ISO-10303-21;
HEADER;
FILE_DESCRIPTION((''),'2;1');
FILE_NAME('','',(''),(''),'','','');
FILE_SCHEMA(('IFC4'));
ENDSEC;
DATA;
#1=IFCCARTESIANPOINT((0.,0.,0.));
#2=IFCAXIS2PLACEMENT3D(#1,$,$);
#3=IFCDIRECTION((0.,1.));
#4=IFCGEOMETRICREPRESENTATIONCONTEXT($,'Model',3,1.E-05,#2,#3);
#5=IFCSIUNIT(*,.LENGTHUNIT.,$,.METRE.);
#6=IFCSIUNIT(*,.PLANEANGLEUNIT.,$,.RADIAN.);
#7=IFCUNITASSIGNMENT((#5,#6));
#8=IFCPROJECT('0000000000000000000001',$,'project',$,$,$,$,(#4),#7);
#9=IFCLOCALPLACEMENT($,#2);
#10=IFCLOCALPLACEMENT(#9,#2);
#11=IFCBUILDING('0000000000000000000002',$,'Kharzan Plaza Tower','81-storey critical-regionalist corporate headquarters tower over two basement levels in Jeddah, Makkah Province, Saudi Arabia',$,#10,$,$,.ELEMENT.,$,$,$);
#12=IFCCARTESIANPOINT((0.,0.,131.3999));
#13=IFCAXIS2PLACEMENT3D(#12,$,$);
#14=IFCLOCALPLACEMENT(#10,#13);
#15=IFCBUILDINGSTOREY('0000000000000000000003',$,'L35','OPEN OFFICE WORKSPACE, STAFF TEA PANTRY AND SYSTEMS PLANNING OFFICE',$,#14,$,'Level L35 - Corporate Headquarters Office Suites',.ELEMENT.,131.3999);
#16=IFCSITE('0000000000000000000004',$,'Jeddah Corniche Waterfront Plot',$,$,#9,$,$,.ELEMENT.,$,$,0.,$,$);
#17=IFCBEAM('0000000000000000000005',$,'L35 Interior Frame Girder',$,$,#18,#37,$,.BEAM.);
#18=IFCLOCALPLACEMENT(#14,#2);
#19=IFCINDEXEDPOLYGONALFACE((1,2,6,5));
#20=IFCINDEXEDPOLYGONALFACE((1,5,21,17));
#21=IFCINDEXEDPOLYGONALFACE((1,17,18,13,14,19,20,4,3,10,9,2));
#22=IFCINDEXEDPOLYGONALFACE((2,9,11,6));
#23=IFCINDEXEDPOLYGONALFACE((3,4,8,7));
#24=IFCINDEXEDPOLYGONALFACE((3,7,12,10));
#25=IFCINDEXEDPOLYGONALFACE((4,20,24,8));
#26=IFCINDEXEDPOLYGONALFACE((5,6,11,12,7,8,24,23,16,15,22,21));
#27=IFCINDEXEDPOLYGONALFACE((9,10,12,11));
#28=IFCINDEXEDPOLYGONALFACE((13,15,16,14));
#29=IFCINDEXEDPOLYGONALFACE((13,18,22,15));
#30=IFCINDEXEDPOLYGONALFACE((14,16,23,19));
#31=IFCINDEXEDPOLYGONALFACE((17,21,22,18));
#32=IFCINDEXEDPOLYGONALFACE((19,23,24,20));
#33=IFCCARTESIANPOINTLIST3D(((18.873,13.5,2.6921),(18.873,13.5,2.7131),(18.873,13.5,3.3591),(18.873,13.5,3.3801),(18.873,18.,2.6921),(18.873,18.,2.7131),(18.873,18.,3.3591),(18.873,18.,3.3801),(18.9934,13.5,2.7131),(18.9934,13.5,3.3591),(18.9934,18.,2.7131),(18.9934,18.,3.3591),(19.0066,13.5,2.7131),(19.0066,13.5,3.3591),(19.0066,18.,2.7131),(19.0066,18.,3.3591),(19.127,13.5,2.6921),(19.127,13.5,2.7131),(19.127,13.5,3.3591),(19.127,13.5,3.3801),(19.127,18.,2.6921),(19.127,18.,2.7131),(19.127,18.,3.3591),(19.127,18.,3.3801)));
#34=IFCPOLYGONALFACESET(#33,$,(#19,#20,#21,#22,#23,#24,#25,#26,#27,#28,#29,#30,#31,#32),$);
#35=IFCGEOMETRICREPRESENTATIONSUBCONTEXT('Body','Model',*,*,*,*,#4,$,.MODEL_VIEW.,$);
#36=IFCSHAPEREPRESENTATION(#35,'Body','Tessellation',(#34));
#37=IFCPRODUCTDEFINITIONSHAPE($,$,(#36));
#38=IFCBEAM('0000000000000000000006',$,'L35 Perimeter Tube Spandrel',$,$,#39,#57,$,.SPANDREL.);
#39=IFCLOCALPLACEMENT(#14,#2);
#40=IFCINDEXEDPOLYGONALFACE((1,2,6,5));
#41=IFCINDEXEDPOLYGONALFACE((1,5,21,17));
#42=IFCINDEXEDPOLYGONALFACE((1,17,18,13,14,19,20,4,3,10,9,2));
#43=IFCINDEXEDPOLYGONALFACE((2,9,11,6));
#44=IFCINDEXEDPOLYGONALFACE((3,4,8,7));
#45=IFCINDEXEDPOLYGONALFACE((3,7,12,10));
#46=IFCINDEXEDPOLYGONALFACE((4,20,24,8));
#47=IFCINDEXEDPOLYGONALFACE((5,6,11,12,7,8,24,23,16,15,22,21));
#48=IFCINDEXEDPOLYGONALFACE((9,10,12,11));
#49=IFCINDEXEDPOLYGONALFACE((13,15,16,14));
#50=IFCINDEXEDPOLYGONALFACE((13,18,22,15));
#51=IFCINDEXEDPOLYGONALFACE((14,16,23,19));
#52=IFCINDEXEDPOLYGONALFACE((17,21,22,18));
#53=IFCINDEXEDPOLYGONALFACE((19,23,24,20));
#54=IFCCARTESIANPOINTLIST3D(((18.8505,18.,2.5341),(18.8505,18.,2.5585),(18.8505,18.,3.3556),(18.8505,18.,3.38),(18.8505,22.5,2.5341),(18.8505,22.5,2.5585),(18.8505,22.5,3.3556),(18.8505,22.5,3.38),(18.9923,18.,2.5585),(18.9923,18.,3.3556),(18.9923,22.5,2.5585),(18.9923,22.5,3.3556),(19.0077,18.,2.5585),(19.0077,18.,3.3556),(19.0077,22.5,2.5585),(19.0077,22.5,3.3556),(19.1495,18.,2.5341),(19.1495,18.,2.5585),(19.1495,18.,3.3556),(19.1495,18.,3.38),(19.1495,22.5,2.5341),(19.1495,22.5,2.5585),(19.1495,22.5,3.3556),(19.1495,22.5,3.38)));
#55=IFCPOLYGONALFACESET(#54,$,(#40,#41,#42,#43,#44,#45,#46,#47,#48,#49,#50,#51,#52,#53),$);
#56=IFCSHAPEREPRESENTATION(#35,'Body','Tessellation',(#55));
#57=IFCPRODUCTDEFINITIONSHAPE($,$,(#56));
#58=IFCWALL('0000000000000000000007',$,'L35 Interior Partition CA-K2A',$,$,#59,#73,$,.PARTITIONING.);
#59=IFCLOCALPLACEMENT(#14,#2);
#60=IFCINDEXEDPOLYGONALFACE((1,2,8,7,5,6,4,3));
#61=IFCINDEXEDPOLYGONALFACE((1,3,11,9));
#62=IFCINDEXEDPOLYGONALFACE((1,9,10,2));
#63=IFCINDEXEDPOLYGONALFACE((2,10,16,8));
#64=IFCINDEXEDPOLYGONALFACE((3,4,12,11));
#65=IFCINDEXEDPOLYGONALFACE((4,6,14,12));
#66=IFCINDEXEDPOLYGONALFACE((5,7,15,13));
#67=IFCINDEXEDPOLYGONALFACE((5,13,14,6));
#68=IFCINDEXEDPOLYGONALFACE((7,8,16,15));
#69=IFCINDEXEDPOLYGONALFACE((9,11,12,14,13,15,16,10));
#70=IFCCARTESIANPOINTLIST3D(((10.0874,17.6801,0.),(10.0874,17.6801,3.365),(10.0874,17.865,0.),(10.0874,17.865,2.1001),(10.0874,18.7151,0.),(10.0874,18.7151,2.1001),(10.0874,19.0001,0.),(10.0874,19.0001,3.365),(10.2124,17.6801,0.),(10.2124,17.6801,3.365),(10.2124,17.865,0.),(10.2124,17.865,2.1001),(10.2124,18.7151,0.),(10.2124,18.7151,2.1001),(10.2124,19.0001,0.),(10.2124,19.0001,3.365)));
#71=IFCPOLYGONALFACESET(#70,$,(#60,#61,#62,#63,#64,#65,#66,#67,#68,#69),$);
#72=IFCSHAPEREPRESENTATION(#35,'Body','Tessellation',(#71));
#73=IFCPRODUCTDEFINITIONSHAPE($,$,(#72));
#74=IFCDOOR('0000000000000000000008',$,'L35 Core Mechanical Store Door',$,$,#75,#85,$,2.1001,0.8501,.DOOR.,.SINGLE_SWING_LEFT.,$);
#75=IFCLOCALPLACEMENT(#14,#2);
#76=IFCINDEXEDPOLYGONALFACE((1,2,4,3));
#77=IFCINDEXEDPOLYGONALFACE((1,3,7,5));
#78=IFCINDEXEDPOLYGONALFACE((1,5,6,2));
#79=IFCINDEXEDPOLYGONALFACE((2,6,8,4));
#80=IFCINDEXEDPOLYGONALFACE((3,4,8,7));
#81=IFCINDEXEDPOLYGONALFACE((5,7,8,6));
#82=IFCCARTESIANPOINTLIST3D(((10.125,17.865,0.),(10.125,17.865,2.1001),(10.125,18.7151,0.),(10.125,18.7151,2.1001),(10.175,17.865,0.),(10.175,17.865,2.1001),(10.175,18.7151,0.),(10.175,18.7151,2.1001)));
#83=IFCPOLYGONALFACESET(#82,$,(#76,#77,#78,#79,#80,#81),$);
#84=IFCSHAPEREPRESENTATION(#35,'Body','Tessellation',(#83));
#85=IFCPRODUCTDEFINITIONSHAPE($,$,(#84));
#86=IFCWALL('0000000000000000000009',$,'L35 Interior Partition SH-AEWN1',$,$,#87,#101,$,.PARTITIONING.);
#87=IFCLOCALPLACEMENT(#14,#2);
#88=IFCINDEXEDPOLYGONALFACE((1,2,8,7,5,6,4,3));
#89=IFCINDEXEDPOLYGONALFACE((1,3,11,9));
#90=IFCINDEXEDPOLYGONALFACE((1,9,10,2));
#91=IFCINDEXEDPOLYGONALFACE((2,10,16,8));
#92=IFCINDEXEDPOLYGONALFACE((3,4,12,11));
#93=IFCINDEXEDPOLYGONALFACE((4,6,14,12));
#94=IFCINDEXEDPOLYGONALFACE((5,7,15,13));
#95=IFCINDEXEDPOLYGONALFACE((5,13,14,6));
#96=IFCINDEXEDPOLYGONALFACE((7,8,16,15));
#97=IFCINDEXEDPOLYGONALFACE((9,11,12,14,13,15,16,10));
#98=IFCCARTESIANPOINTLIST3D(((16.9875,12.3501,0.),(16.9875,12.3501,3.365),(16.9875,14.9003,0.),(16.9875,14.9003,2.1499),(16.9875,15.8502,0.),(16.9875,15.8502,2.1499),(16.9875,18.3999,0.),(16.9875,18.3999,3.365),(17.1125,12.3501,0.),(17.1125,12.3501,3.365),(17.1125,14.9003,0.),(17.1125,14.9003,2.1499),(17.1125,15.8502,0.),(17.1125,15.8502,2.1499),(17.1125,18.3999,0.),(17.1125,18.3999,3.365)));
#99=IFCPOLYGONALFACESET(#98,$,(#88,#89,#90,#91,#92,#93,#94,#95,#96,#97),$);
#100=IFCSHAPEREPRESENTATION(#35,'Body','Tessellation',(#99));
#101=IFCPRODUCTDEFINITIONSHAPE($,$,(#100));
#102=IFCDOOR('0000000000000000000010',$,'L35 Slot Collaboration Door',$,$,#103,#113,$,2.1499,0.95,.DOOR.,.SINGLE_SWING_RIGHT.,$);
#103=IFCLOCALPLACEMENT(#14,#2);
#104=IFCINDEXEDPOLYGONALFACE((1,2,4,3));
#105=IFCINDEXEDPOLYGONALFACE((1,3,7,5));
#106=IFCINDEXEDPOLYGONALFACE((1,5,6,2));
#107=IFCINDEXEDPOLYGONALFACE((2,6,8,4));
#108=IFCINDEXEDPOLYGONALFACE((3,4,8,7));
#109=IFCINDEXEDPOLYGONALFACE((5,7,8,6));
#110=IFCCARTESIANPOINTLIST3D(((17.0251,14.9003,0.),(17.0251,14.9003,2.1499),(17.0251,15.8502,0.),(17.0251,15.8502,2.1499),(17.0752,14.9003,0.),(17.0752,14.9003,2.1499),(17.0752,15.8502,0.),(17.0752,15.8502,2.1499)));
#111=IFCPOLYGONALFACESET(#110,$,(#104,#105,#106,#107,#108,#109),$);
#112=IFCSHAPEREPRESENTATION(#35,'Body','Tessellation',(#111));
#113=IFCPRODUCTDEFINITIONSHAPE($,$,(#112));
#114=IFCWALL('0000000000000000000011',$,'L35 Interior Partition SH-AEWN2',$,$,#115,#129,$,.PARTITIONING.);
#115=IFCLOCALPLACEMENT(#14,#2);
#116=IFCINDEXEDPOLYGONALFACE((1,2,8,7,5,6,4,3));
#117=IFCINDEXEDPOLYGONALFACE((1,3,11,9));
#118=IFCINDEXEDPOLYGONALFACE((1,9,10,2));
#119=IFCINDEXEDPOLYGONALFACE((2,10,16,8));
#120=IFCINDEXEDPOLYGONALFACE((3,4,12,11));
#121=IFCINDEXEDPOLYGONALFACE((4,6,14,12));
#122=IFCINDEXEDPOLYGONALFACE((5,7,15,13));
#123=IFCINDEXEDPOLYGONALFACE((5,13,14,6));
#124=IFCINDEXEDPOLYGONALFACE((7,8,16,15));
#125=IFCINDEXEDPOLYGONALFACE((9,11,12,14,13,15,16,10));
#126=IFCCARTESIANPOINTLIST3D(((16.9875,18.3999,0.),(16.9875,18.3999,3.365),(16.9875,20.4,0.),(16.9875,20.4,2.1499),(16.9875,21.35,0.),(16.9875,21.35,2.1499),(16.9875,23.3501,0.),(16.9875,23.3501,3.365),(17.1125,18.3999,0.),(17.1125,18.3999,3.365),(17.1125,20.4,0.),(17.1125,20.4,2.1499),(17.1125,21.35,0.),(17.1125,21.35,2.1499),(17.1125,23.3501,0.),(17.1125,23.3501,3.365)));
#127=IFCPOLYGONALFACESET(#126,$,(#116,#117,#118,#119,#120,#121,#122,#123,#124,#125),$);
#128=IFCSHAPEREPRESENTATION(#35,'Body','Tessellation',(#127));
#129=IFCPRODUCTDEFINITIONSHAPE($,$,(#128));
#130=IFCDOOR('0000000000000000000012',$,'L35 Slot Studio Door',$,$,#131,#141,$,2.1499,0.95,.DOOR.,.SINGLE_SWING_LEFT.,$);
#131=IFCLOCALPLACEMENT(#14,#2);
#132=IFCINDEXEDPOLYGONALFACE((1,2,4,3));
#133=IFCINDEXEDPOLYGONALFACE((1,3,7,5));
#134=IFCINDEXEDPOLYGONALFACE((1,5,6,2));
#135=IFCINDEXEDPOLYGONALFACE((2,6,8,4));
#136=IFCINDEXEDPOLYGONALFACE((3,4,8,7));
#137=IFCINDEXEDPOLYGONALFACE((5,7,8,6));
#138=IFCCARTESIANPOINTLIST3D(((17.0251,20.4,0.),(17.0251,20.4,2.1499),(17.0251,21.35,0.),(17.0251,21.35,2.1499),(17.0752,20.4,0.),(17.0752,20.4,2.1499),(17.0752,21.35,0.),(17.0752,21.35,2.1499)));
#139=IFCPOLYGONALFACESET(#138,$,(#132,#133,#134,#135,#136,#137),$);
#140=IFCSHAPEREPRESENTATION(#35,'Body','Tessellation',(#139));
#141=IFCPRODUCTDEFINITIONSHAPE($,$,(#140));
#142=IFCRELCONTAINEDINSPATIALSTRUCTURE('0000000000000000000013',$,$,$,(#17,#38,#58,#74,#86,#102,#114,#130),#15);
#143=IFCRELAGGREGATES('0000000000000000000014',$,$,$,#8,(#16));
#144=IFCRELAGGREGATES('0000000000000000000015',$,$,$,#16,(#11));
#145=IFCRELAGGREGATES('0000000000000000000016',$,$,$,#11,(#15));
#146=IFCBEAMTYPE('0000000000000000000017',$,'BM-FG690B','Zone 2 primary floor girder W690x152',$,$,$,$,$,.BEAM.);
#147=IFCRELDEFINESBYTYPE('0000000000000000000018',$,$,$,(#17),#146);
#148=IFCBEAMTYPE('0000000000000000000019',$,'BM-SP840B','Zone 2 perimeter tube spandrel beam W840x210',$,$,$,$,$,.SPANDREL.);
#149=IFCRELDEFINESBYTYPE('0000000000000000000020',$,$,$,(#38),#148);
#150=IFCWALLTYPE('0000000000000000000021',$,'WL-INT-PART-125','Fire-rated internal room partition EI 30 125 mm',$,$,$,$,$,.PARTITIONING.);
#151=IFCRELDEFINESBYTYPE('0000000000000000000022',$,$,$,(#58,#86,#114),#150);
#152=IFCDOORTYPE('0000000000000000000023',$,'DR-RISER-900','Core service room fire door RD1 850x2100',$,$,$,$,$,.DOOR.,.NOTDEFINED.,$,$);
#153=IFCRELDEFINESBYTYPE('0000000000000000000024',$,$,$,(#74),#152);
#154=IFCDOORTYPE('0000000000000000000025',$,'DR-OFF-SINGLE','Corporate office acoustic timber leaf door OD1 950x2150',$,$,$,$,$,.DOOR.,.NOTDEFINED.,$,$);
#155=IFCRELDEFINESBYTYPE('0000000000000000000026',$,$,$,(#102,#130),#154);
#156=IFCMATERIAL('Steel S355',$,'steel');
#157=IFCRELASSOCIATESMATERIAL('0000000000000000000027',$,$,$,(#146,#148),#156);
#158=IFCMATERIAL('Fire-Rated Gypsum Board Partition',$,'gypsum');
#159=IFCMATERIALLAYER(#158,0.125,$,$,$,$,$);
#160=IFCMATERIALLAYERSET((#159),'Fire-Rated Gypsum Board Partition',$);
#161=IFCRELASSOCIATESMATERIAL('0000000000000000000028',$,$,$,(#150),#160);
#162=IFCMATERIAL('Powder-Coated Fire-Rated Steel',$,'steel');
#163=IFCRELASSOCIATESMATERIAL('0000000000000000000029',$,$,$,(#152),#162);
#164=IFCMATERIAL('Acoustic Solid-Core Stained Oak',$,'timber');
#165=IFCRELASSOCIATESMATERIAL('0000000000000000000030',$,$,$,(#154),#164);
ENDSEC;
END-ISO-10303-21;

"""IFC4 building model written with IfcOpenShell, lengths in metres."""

from ifc_helpers import new_model, si_unit, direction, frame, frame_2d, origin, origin_2d, place, context, subcontext, project, spatial, rectangle, i_section, extrude, source, transform, mapped, material, layer, layer_set, material_profile, profile_set, type_object, element, fill, save


model = new_model("IFC4")

# Units and contexts
model_context = context("Model", 3, precision=1e-05, world=origin(), true_north=direction((0.0, 1.0)))
body_context = subcontext(model_context, "Body", "Model", "MODEL_VIEW")
ifc_project = project(units=[si_unit("LENGTHUNIT", "METRE"), si_unit("PLANEANGLEUNIT", "RADIAN")], contexts=[model_context])

# Site, building, storey
site_placement = place(None, origin())
site = spatial("IfcSite", under=ifc_project, at=site_placement, Name="Jeddah Corniche Waterfront Plot", CompositionType="ELEMENT", RefElevation=0.0)
building_placement = place(site_placement, origin())
building = spatial("IfcBuilding", under=site, at=building_placement, Name="Kharzan Plaza Tower", Description="81-storey critical-regionalist corporate headquarters tower over two basement levels in Jeddah, Makkah Province, Saudi Arabia", CompositionType="ELEMENT")
storey_placement = place(building_placement, frame((0.0, 0.0, 131.3999)))
storey = spatial("IfcBuildingStorey", under=building, at=storey_placement, Name="L35", Description="OPEN OFFICE WORKSPACE, STAFF TEA PANTRY AND SYSTEMS PLANNING OFFICE", LongName="Level L35 - Corporate Headquarters Office Suites", CompositionType="ELEMENT", Elevation=131.3999)

# Beams
ifc_material_1 = material(Name="Steel S355", Category="steel")
ifc_material_profile_1 = material_profile(ifc_material_1, i_section(OverallWidth=0.2539, OverallDepth=0.688, WebThickness=0.0132, FlangeThickness=0.021, at=origin_2d()), Name="W690x152")
ifc_profile_set_1 = profile_set([ifc_material_profile_1], Name="Steel S355")
beam_type_1 = type_object("IfcBeamType", Name="BM-FG690B", Description="Zone 2 primary floor girder W690x152", PredefinedType="BEAM", material=ifc_profile_set_1)
shared_shape_1 = source(origin(), body_context, "Body", "SweptSolid", [
    extrude(i_section(OverallWidth=0.2539, OverallDepth=0.688, WebThickness=0.0132, FlangeThickness=0.021, at=origin_2d()), origin(), (0.0, 0.0, 1.0), 4.5),
])
for number, where, z_axis, x_axis, name in (
    (1, (19.0, 13.5, 3.0361), (0.0, 1.0, 0.0), (-1.0, 0.0, 0.0), "L35 Interior Frame Girder"),
):
    element("IfcBeam", number, at=place(storey_placement, frame(where, z_axis=z_axis, x_axis=x_axis)), inside=storey, type_object=beam_type_1, Name=name, PredefinedType="BEAM", context=body_context, shape_type="MappedRepresentation", body=[
        mapped(shared_shape_1, transform((0.0, 0.0, 0.0), x_axis=(1.0, 0.0, 0.0), y_axis=(0.0, 1.0, 0.0), z_axis=(0.0, 0.0, 1.0))),
    ])
ifc_material_profile_2 = material_profile(ifc_material_1, i_section(OverallWidth=0.2991, OverallDepth=0.8459, WebThickness=0.0154, FlangeThickness=0.0244, at=origin_2d()), Name="W840x210")
ifc_profile_set_2 = profile_set([ifc_material_profile_2], Name="Steel S355")
beam_type_2 = type_object("IfcBeamType", Name="BM-SP840B", Description="Zone 2 perimeter tube spandrel beam W840x210", PredefinedType="SPANDREL", material=ifc_profile_set_2)
shared_shape_2 = source(origin(), body_context, "Body", "SweptSolid", [
    extrude(i_section(OverallWidth=0.2991, OverallDepth=0.8459, WebThickness=0.0154, FlangeThickness=0.0244, at=origin_2d()), origin(), (0.0, 0.0, 1.0), 4.5),
])
beam_1_placement = place(storey_placement, frame((19.0, 18.0, 2.957), z_axis=(0.0, 1.0, 0.0), x_axis=(-1.0, 0.0, 0.0)))
element("IfcBeam", 2, at=beam_1_placement, inside=storey, type_object=beam_type_2, Name="L35 Perimeter Tube Spandrel", PredefinedType="SPANDREL", context=body_context, shape_type="MappedRepresentation", body=[
    mapped(shared_shape_2, transform((0.0, 0.0, 0.0), x_axis=(1.0, 0.0, 0.0), y_axis=(0.0, 1.0, 0.0), z_axis=(0.0, 0.0, 1.0))),
])

# Walls, openings, doors
ifc_material_2 = material(Name="Fire-Rated Gypsum Board Partition", Category="gypsum")
ifc_layer_1 = layer(ifc_material_2, 0.125)
ifc_layer_set_1 = layer_set([ifc_layer_1], Name="Fire-Rated Gypsum Board Partition")
wall_type_1 = type_object("IfcWallType", Name="WL-INT-PART-125", Description="Fire-rated internal room partition EI 30 125 mm", PredefinedType="PARTITIONING", material=ifc_layer_set_1)
wall_1_placement = place(storey_placement, frame((10.1499, 17.6799, 0.0), z_axis=(0.0, 0.0, 1.0), x_axis=(0.0, 1.0, 0.0)))
wall_1 = element("IfcWall", 3, at=wall_1_placement, inside=storey, type_object=wall_type_1, Name="L35 Interior Partition CA-K2A", PredefinedType="PARTITIONING", context=body_context, shape_type="SweptSolid", body=[
    extrude(rectangle(XDim=1.3201, YDim=0.125, at=frame_2d((0.6602, 0.0))), origin(), (0.0, 0.0, 1.0), 3.365),
])
opening_1_placement = place(wall_1_placement, frame((0.1851, 0.0, 0.0)))
opening_1 = element("IfcOpeningElement", 4, at=opening_1_placement, cuts=wall_1, PredefinedType="OPENING", context=body_context, shape_type="SweptSolid", body=[
    extrude(rectangle(XDim=0.8501, YDim=2.1001, at=frame_2d((0.425, 1.05))), frame((0.0, 0.0725, 0.0), z_axis=(0.0, -1.0, 0.0), x_axis=(1.0, 0.0, 0.0)), (0.0, 0.0, 1.0), 0.145),
])
ifc_material_3 = material(Name="Powder-Coated Fire-Rated Steel", Category="steel")
door_type_1 = type_object("IfcDoorType", Name="DR-RISER-900", Description="Core service room fire door RD1 850x2100", OperationType="NOTDEFINED", PredefinedType="DOOR", material=ifc_material_3)
shared_shape_3 = source(origin(), body_context, "Body", "SweptSolid", [
    extrude(rectangle(XDim=0.8501, YDim=2.1001, at=frame_2d((0.425, 1.05))), frame((0.0, 0.0249, 0.0), z_axis=(0.0, -1.0, 0.0), x_axis=(1.0, 0.0, 0.0)), (0.0, 0.0, 1.0), 0.05),
])
door_1_placement = place(opening_1_placement, origin())
door_1 = element("IfcDoor", 5, at=door_1_placement, inside=storey, type_object=door_type_1, Name="L35 Core Mechanical Store Door", OperationType="SINGLE_SWING_LEFT", OverallHeight=2.1001, OverallWidth=0.8501, PredefinedType="DOOR", context=body_context, shape_type="MappedRepresentation", body=[
    mapped(shared_shape_3, transform((0.0, 0.0, 0.0), x_axis=(1.0, 0.0, 0.0), y_axis=(0.0, 1.0, 0.0), z_axis=(0.0, 0.0, 1.0))),
])
fill(opening_1, door_1)
wall_2_placement = place(storey_placement, frame((17.05, 12.3501, 0.0), z_axis=(0.0, 0.0, 1.0), x_axis=(0.0, 1.0, 0.0)))
wall_2 = element("IfcWall", 6, at=wall_2_placement, inside=storey, type_object=wall_type_1, Name="L35 Interior Partition SH-AEWN1", PredefinedType="PARTITIONING", context=body_context, shape_type="SweptSolid", body=[
    extrude(rectangle(XDim=6.0498, YDim=0.125, at=frame_2d((3.0249, 0.0))), origin(), (0.0, 0.0, 1.0), 3.365),
])
opening_2_placement = place(wall_2_placement, frame((2.55, 0.0, 0.0)))
opening_2 = element("IfcOpeningElement", 7, at=opening_2_placement, cuts=wall_2, PredefinedType="OPENING", context=body_context, shape_type="SweptSolid", body=[
    extrude(rectangle(XDim=0.95, YDim=2.1499, at=frame_2d((0.4751, 1.075))), frame((0.0, 0.0725, 0.0), z_axis=(0.0, -1.0, 0.0), x_axis=(1.0, 0.0, 0.0)), (0.0, 0.0, 1.0), 0.145),
])
ifc_material_4 = material(Name="Acoustic Solid-Core Stained Oak", Category="timber")
door_type_2 = type_object("IfcDoorType", Name="DR-OFF-SINGLE", Description="Corporate office acoustic timber leaf door OD1 950x2150", OperationType="NOTDEFINED", PredefinedType="DOOR", material=ifc_material_4)
shared_shape_4 = source(origin(), body_context, "Body", "SweptSolid", [
    extrude(rectangle(XDim=0.95, YDim=2.1499, at=frame_2d((0.4751, 1.075))), frame((0.0, 0.0249, 0.0), z_axis=(0.0, -1.0, 0.0), x_axis=(1.0, 0.0, 0.0)), (0.0, 0.0, 1.0), 0.05),
])
door_2_placement = place(opening_2_placement, origin())
door_2 = element("IfcDoor", 8, at=door_2_placement, inside=storey, type_object=door_type_2, Name="L35 Slot Collaboration Door", OperationType="SINGLE_SWING_RIGHT", OverallHeight=2.1499, OverallWidth=0.95, PredefinedType="DOOR", context=body_context, shape_type="MappedRepresentation", body=[
    mapped(shared_shape_4, transform((0.0, 0.0, 0.0), x_axis=(1.0, 0.0, 0.0), y_axis=(0.0, 1.0, 0.0), z_axis=(0.0, 0.0, 1.0))),
])
fill(opening_2, door_2)
wall_3_placement = place(storey_placement, frame((17.05, 18.3999, 0.0), z_axis=(0.0, 0.0, 1.0), x_axis=(0.0, 1.0, 0.0)))
wall_3 = element("IfcWall", 9, at=wall_3_placement, inside=storey, type_object=wall_type_1, Name="L35 Interior Partition SH-AEWN2", PredefinedType="PARTITIONING", context=body_context, shape_type="SweptSolid", body=[
    extrude(rectangle(XDim=4.9502, YDim=0.125, at=frame_2d((2.4751, 0.0))), origin(), (0.0, 0.0, 1.0), 3.365),
])
opening_3_placement = place(wall_3_placement, frame((2.0, 0.0, 0.0)))
opening_3 = element("IfcOpeningElement", 10, at=opening_3_placement, cuts=wall_3, PredefinedType="OPENING", context=body_context, shape_type="SweptSolid", body=[
    extrude(rectangle(XDim=0.95, YDim=2.1499, at=frame_2d((0.4751, 1.075))), frame((0.0, 0.0725, 0.0), z_axis=(0.0, -1.0, 0.0), x_axis=(1.0, 0.0, 0.0)), (0.0, 0.0, 1.0), 0.145),
])
door_3_placement = place(opening_3_placement, origin())
door_3 = element("IfcDoor", 11, at=door_3_placement, inside=storey, type_object=door_type_2, Name="L35 Slot Studio Door", OperationType="SINGLE_SWING_LEFT", OverallHeight=2.1499, OverallWidth=0.95, PredefinedType="DOOR", context=body_context, shape_type="MappedRepresentation", body=[
    mapped(shared_shape_4, transform((0.0, 0.0, 0.0), x_axis=(1.0, 0.0, 0.0), y_axis=(0.0, 1.0, 0.0), z_axis=(0.0, 0.0, 1.0))),
])
fill(opening_3, door_3)

save(model, "model.ifc")
